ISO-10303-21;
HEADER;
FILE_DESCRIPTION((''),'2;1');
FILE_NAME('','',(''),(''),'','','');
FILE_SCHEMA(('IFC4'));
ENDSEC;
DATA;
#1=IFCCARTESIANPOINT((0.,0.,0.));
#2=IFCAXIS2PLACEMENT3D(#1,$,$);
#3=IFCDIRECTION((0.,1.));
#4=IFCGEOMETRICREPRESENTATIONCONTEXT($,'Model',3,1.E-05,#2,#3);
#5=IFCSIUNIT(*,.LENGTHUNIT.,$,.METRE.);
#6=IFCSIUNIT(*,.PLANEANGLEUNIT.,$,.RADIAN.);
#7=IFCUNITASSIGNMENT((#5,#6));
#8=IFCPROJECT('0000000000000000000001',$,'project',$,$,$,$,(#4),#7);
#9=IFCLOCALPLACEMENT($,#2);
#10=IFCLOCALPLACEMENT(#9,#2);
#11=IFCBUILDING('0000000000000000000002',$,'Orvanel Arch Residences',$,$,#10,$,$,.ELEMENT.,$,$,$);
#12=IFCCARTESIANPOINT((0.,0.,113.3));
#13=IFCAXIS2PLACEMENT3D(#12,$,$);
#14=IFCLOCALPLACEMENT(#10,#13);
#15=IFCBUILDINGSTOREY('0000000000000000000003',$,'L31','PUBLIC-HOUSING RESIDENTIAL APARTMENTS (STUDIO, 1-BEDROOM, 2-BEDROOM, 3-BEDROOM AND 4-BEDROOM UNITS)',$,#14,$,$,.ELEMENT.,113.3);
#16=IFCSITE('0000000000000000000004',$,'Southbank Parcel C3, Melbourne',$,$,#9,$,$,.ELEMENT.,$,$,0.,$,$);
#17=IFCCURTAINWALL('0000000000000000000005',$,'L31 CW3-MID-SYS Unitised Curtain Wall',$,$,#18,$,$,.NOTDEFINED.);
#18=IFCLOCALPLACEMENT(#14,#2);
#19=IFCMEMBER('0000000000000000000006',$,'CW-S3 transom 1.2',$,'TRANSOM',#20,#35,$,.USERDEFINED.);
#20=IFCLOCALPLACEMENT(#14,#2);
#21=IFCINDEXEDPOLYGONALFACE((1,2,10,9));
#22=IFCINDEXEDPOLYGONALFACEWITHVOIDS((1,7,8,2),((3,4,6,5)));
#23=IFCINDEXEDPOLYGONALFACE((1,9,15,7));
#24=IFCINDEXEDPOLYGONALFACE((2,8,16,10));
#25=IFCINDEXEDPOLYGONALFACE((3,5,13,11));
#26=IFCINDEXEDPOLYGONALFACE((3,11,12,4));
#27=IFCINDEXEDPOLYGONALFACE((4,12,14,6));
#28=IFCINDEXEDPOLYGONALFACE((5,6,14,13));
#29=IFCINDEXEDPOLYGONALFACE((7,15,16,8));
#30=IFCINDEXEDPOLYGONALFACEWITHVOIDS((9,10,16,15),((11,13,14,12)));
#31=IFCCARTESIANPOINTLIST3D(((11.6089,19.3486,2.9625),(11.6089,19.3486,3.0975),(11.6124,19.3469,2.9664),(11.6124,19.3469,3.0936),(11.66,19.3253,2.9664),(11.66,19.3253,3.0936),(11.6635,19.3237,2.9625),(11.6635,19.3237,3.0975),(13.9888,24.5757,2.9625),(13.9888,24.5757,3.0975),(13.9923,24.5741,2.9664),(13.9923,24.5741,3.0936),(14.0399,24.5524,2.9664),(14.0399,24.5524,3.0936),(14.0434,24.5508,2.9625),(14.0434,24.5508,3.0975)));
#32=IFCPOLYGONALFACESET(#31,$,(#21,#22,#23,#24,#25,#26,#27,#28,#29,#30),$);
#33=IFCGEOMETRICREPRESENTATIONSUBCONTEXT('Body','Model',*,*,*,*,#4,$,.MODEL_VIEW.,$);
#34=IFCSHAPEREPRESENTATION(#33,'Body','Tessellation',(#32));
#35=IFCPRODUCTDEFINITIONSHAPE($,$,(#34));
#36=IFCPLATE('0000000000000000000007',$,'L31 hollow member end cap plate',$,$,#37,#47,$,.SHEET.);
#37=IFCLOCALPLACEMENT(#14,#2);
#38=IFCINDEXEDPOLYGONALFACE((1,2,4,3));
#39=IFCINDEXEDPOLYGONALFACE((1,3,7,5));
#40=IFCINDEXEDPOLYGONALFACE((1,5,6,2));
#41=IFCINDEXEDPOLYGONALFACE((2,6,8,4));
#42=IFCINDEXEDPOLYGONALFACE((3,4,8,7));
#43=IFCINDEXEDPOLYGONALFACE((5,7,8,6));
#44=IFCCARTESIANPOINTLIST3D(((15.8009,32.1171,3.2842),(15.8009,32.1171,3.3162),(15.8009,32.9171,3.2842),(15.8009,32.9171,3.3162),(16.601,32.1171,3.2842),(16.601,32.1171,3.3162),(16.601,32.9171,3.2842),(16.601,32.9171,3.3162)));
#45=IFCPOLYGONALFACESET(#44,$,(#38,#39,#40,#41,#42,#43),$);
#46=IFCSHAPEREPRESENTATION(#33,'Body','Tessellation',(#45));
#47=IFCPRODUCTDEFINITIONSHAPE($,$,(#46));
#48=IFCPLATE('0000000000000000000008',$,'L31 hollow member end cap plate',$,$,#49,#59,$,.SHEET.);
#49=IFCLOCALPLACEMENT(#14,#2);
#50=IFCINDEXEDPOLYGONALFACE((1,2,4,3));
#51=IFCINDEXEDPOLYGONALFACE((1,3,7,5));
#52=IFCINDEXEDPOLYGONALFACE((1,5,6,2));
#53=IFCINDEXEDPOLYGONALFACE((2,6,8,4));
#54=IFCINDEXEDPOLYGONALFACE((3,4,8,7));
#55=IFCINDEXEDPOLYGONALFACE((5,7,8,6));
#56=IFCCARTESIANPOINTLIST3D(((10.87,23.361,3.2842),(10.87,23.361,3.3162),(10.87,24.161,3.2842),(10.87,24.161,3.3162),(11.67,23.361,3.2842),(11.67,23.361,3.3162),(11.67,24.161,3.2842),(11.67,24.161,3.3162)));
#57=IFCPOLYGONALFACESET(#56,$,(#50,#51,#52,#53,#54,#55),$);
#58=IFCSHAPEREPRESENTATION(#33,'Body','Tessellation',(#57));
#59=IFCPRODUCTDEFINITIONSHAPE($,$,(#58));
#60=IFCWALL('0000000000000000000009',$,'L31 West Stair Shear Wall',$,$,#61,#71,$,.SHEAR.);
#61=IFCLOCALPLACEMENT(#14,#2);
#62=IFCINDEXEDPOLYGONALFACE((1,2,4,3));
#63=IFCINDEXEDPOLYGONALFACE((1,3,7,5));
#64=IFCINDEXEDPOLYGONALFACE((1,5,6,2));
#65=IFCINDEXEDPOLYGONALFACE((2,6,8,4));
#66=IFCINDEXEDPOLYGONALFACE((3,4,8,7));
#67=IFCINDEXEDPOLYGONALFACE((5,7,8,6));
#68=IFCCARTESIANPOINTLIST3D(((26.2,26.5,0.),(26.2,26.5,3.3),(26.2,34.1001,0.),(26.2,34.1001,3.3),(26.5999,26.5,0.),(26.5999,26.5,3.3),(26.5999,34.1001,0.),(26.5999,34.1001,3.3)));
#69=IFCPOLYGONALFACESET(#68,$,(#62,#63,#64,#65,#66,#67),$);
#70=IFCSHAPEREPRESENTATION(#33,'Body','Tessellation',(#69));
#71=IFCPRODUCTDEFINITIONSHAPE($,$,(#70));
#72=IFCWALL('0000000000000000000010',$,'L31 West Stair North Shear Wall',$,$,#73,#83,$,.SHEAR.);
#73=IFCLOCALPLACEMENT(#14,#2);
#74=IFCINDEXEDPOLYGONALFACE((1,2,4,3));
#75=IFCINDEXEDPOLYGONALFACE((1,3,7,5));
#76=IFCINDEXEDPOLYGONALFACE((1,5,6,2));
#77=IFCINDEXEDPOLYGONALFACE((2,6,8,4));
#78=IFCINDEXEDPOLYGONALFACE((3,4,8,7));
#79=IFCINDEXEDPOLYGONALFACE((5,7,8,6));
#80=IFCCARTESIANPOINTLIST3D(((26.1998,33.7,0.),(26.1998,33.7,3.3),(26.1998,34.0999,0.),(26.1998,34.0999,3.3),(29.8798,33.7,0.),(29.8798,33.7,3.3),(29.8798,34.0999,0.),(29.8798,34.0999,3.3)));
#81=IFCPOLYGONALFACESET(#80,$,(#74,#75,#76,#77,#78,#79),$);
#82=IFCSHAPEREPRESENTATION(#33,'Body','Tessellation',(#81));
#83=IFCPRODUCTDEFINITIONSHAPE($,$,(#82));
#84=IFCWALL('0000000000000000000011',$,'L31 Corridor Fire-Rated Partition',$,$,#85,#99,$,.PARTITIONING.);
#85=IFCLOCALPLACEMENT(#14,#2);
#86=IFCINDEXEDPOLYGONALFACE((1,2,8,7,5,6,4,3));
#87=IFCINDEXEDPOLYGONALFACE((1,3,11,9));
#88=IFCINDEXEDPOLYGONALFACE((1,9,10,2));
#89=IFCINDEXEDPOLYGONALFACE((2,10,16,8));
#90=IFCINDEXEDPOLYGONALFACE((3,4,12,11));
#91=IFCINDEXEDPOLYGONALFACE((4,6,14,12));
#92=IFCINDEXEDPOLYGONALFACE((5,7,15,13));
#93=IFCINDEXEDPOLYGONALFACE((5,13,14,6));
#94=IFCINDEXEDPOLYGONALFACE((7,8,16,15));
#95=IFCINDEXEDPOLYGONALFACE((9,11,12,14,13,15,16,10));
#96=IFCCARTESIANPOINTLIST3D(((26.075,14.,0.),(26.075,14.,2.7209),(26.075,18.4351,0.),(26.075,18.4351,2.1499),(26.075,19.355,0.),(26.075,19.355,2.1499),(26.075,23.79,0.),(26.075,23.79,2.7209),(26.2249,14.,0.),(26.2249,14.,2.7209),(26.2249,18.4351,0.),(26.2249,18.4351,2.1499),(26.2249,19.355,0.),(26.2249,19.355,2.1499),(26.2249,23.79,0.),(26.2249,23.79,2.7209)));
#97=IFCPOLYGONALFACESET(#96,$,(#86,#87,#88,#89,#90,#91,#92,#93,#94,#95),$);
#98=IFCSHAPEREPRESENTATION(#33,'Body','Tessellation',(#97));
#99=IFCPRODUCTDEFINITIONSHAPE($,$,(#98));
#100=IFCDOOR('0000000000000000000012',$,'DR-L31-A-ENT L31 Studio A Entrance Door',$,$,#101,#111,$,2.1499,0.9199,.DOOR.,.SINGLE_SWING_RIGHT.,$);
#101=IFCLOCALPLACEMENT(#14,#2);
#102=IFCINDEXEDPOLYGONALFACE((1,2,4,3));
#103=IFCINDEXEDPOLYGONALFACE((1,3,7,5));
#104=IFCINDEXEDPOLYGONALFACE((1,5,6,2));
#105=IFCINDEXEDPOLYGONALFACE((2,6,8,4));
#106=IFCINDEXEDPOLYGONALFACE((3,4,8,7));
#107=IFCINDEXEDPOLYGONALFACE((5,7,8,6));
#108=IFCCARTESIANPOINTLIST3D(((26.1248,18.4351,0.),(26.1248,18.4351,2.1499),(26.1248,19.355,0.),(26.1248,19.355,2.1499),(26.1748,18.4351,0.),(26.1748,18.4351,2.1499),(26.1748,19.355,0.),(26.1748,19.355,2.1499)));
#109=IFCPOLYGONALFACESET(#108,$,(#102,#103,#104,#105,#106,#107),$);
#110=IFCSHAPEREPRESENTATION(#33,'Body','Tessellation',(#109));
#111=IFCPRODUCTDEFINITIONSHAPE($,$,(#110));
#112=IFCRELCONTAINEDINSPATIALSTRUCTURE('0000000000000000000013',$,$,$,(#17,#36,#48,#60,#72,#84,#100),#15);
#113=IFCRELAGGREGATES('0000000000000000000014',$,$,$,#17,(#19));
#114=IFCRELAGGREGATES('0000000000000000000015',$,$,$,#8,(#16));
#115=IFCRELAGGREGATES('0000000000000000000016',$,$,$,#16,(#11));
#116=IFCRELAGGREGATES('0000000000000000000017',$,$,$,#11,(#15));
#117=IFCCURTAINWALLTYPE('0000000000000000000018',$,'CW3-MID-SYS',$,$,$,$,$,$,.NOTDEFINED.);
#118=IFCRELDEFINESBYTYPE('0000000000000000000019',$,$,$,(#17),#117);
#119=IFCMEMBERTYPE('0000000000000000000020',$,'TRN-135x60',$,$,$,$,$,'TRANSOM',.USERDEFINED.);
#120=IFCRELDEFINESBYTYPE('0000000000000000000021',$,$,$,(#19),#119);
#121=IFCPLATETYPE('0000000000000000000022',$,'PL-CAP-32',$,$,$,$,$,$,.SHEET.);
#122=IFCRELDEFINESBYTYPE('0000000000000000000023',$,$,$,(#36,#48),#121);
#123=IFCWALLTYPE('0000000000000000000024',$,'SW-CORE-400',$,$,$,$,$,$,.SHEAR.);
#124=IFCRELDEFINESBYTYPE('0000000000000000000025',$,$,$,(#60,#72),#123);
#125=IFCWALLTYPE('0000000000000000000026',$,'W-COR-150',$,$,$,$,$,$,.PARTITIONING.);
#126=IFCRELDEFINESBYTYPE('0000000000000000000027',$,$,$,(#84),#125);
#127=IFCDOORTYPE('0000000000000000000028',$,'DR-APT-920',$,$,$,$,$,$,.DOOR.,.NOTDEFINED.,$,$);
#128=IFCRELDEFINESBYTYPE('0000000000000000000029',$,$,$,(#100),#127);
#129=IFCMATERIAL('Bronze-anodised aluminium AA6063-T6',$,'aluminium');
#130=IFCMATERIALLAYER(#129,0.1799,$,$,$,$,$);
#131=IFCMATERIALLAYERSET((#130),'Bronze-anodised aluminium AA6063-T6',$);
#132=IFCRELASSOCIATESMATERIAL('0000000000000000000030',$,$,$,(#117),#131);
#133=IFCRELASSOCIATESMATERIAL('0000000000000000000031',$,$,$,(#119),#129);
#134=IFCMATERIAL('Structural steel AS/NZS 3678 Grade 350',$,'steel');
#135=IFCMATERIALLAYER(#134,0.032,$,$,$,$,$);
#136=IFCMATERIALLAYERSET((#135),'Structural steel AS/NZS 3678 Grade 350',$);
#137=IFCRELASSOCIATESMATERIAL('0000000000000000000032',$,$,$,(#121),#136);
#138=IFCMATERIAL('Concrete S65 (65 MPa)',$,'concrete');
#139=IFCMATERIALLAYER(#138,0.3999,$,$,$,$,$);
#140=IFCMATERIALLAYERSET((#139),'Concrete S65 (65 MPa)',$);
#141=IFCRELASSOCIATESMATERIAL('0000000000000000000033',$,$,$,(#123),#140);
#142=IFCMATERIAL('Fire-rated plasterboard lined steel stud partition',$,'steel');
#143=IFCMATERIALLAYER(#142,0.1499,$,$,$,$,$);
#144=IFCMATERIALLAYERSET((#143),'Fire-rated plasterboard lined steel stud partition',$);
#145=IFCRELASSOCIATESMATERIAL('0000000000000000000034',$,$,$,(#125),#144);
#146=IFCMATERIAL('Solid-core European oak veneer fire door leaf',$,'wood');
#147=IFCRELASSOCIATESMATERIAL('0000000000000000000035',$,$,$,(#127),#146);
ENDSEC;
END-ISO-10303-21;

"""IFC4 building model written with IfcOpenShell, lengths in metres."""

from ifc_helpers import new_model, si_unit, direction, frame, frame_2d, origin, origin_2d, place, context, subcontext, project, spatial, rectangle, hollow_rectangle, extrude, material, layer, layer_set, material_profile, profile_set, type_object, element, fill, aggregate, save


model = new_model("IFC4")

# Units and contexts
model_context = context("Model", 3, precision=1e-05, world=origin(), true_north=direction((0.0, 1.0)))
body_context = subcontext(model_context, "Body", "Model", "MODEL_VIEW")
ifc_project = project(units=[si_unit("LENGTHUNIT", "METRE"), si_unit("PLANEANGLEUNIT", "RADIAN")], contexts=[model_context])

# Site, building, storey
site_placement = place(None, origin())
site = spatial("IfcSite", under=ifc_project, at=site_placement, Name="Southbank Parcel C3, Melbourne", CompositionType="ELEMENT", RefElevation=0.0)
building_placement = place(site_placement, origin())
building = spatial("IfcBuilding", under=site, at=building_placement, Name="Orvanel Arch Residences", CompositionType="ELEMENT")
storey_placement = place(building_placement, frame((0.0, 0.0, 113.3)))
storey = spatial("IfcBuildingStorey", under=building, at=storey_placement, Name="L31", Description="PUBLIC-HOUSING RESIDENTIAL APARTMENTS (STUDIO, 1-BEDROOM, 2-BEDROOM, 3-BEDROOM AND 4-BEDROOM UNITS)", CompositionType="ELEMENT", Elevation=113.3)

# Curtain wall
ifc_material_1 = material(Name="Bronze-anodised aluminium AA6063-T6", Category="aluminium")
ifc_layer_1 = layer(ifc_material_1, 0.1799)
ifc_layer_set_1 = layer_set([ifc_layer_1], Name="Bronze-anodised aluminium AA6063-T6")
curtain_wall_type = type_object("IfcCurtainWallType", Name="CW3-MID-SYS", PredefinedType="NOTDEFINED", material=ifc_layer_set_1)
curtain_wall_placement = place(storey_placement, origin())
curtain_wall = element("IfcCurtainWall", 1, at=curtain_wall_placement, inside=storey, type_object=curtain_wall_type, Name="L31 CW3-MID-SYS Unitised Curtain Wall", PredefinedType="NOTDEFINED")

# Member
ifc_material_profile_1 = material_profile(ifc_material_1, hollow_rectangle(XDim=0.0601, YDim=0.135, WallThickness=0.0039, at=origin_2d()), Name="ALU135x60x4")
ifc_profile_set_1 = profile_set([ifc_material_profile_1], Name="Bronze-anodised aluminium AA6063-T6")
member_type_1 = type_object("IfcMemberType", Name="TRN-135x60", ElementType="TRANSOM", PredefinedType="USERDEFINED", material=ifc_profile_set_1)
member_1_placement = place(storey_placement, frame((14.0161, 24.5632, 3.03), z_axis=(-0.414373, -0.910107, 0.0), x_axis=(0.910107, -0.414373, 0.0)))
member_1 = element("IfcMember", 2, at=member_1_placement, type_object=member_type_1, Name="CW-S3 transom 1.2", ObjectType="TRANSOM", PredefinedType="USERDEFINED", context=body_context, shape_type="SweptSolid", body=[
    extrude(hollow_rectangle(XDim=0.0601, YDim=0.135, WallThickness=0.0039, at=origin_2d()), origin(), (0.0, 0.0, 1.0), 5.7434),
])
aggregate(curtain_wall, [member_1])

# Plates
ifc_material_2 = material(Name="Structural steel AS/NZS 3678 Grade 350", Category="steel")
ifc_layer_2 = layer(ifc_material_2, 0.032)
ifc_layer_set_2 = layer_set([ifc_layer_2], Name="Structural steel AS/NZS 3678 Grade 350")
plate_type = type_object("IfcPlateType", Name="PL-CAP-32", PredefinedType="SHEET", material=ifc_layer_set_2)
for number, where, z_axis, x_axis, name in (
    (3, (16.2009, 32.5171, 3.2842), (0.0, 0.0, 1.0), (1.0, 0.0, 0.0), "L31 hollow member end cap plate"),
    (4, (11.27, 23.761, 3.2842), (0.0, 0.0, 1.0), (1.0, 0.0, 0.0), "L31 hollow member end cap plate"),
):
    element("IfcPlate", number, at=place(storey_placement, frame(where, z_axis=z_axis, x_axis=x_axis)), inside=storey, type_object=plate_type, Name=name, PredefinedType="SHEET", context=body_context, shape_type="SweptSolid", body=[
        extrude(rectangle(XDim=0.8, YDim=0.8, at=origin_2d()), origin(), (0.0, 0.0, 1.0), 0.032),
    ])

# Shared definitions
ifc_material_3 = material(Name="Concrete S65 (65 MPa)", Category="concrete")
ifc_layer_3 = layer(ifc_material_3, 0.3999)
ifc_layer_set_3 = layer_set([ifc_layer_3], Name="Concrete S65 (65 MPa)")
wall_type_1 = type_object("IfcWallType", Name="SW-CORE-400", PredefinedType="SHEAR", material=ifc_layer_set_3)

# Walls
wall_1_placement = place(storey_placement, frame((26.3999, 26.5, 0.0), z_axis=(0.0, 0.0, 1.0), x_axis=(0.0, 1.0, 0.0)))
element("IfcWall", 5, at=wall_1_placement, inside=storey, type_object=wall_type_1, Name="L31 West Stair Shear Wall", PredefinedType="SHEAR", context=body_context, shape_type="SweptSolid", body=[
    extrude(rectangle(XDim=7.6001, YDim=0.3999, at=frame_2d((3.8, 0.0))), origin(), (0.0, 0.0, 1.0), 3.3),
])
wall_2_placement = place(storey_placement, frame((26.2, 33.8999, 0.0), z_axis=(0.0, 0.0, 1.0), x_axis=(1.0, 0.0, 0.0)))
element("IfcWall", 6, at=wall_2_placement, inside=storey, type_object=wall_type_1, Name="L31 West Stair North Shear Wall", PredefinedType="SHEAR", context=body_context, shape_type="SweptSolid", body=[
    extrude(rectangle(XDim=3.6799, YDim=0.3999, at=frame_2d((1.8398, 0.0))), origin(), (0.0, 0.0, 1.0), 3.3),
])

# Wall, opening, door
ifc_material_4 = material(Name="Fire-rated plasterboard lined steel stud partition", Category="steel")
ifc_layer_4 = layer(ifc_material_4, 0.1499)
ifc_layer_set_4 = layer_set([ifc_layer_4], Name="Fire-rated plasterboard lined steel stud partition")
wall_type_2 = type_object("IfcWallType", Name="W-COR-150", PredefinedType="PARTITIONING", material=ifc_layer_set_4)
wall_3_placement = place(storey_placement, frame((26.1499, 23.79, 0.0), z_axis=(0.0, 0.0, 1.0), x_axis=(0.0, -1.0, 0.0)))
wall_3 = element("IfcWall", 7, at=wall_3_placement, inside=storey, type_object=wall_type_2, Name="L31 Corridor Fire-Rated Partition", PredefinedType="PARTITIONING", context=body_context, shape_type="SweptSolid", body=[
    extrude(rectangle(XDim=9.79, YDim=0.1499, at=frame_2d((4.895, 0.0))), origin(), (0.0, 0.0, 1.0), 2.7209),
])
opening_1_placement = place(wall_3_placement, frame((4.4351, 0.0, 0.0)))
opening_1 = element("IfcOpeningElement", 8, at=opening_1_placement, cuts=wall_3, PredefinedType="OPENING", context=body_context, shape_type="SweptSolid", body=[
    extrude(rectangle(XDim=0.9199, YDim=2.1499, at=frame_2d((0.46, 1.075))), frame((0.0, 0.085, 0.0), z_axis=(0.0, -1.0, 0.0), x_axis=(1.0, 0.0, 0.0)), (0.0, 0.0, 1.0), 0.1699),
])
ifc_material_5 = material(Name="Solid-core European oak veneer fire door leaf", Category="wood")
door_type_1 = type_object("IfcDoorType", Name="DR-APT-920", OperationType="NOTDEFINED", PredefinedType="DOOR", material=ifc_material_5)
door_1_placement = place(opening_1_placement, origin())
door_1 = element("IfcDoor", 9, at=door_1_placement, inside=storey, type_object=door_type_1, Name="DR-L31-A-ENT L31 Studio A Entrance Door", OperationType="SINGLE_SWING_RIGHT", OverallHeight=2.1499, OverallWidth=0.9199, PredefinedType="DOOR", context=body_context, shape_type="SweptSolid", body=[
    extrude(rectangle(XDim=0.9199, YDim=2.1499, at=frame_2d((0.46, 1.075))), frame((0.0, 0.0249, 0.0), z_axis=(0.0, -1.0, 0.0), x_axis=(1.0, 0.0, 0.0)), (0.0, 0.0, 1.0), 0.05),
])
fill(opening_1, door_1)

save(model, "model.ifc")
